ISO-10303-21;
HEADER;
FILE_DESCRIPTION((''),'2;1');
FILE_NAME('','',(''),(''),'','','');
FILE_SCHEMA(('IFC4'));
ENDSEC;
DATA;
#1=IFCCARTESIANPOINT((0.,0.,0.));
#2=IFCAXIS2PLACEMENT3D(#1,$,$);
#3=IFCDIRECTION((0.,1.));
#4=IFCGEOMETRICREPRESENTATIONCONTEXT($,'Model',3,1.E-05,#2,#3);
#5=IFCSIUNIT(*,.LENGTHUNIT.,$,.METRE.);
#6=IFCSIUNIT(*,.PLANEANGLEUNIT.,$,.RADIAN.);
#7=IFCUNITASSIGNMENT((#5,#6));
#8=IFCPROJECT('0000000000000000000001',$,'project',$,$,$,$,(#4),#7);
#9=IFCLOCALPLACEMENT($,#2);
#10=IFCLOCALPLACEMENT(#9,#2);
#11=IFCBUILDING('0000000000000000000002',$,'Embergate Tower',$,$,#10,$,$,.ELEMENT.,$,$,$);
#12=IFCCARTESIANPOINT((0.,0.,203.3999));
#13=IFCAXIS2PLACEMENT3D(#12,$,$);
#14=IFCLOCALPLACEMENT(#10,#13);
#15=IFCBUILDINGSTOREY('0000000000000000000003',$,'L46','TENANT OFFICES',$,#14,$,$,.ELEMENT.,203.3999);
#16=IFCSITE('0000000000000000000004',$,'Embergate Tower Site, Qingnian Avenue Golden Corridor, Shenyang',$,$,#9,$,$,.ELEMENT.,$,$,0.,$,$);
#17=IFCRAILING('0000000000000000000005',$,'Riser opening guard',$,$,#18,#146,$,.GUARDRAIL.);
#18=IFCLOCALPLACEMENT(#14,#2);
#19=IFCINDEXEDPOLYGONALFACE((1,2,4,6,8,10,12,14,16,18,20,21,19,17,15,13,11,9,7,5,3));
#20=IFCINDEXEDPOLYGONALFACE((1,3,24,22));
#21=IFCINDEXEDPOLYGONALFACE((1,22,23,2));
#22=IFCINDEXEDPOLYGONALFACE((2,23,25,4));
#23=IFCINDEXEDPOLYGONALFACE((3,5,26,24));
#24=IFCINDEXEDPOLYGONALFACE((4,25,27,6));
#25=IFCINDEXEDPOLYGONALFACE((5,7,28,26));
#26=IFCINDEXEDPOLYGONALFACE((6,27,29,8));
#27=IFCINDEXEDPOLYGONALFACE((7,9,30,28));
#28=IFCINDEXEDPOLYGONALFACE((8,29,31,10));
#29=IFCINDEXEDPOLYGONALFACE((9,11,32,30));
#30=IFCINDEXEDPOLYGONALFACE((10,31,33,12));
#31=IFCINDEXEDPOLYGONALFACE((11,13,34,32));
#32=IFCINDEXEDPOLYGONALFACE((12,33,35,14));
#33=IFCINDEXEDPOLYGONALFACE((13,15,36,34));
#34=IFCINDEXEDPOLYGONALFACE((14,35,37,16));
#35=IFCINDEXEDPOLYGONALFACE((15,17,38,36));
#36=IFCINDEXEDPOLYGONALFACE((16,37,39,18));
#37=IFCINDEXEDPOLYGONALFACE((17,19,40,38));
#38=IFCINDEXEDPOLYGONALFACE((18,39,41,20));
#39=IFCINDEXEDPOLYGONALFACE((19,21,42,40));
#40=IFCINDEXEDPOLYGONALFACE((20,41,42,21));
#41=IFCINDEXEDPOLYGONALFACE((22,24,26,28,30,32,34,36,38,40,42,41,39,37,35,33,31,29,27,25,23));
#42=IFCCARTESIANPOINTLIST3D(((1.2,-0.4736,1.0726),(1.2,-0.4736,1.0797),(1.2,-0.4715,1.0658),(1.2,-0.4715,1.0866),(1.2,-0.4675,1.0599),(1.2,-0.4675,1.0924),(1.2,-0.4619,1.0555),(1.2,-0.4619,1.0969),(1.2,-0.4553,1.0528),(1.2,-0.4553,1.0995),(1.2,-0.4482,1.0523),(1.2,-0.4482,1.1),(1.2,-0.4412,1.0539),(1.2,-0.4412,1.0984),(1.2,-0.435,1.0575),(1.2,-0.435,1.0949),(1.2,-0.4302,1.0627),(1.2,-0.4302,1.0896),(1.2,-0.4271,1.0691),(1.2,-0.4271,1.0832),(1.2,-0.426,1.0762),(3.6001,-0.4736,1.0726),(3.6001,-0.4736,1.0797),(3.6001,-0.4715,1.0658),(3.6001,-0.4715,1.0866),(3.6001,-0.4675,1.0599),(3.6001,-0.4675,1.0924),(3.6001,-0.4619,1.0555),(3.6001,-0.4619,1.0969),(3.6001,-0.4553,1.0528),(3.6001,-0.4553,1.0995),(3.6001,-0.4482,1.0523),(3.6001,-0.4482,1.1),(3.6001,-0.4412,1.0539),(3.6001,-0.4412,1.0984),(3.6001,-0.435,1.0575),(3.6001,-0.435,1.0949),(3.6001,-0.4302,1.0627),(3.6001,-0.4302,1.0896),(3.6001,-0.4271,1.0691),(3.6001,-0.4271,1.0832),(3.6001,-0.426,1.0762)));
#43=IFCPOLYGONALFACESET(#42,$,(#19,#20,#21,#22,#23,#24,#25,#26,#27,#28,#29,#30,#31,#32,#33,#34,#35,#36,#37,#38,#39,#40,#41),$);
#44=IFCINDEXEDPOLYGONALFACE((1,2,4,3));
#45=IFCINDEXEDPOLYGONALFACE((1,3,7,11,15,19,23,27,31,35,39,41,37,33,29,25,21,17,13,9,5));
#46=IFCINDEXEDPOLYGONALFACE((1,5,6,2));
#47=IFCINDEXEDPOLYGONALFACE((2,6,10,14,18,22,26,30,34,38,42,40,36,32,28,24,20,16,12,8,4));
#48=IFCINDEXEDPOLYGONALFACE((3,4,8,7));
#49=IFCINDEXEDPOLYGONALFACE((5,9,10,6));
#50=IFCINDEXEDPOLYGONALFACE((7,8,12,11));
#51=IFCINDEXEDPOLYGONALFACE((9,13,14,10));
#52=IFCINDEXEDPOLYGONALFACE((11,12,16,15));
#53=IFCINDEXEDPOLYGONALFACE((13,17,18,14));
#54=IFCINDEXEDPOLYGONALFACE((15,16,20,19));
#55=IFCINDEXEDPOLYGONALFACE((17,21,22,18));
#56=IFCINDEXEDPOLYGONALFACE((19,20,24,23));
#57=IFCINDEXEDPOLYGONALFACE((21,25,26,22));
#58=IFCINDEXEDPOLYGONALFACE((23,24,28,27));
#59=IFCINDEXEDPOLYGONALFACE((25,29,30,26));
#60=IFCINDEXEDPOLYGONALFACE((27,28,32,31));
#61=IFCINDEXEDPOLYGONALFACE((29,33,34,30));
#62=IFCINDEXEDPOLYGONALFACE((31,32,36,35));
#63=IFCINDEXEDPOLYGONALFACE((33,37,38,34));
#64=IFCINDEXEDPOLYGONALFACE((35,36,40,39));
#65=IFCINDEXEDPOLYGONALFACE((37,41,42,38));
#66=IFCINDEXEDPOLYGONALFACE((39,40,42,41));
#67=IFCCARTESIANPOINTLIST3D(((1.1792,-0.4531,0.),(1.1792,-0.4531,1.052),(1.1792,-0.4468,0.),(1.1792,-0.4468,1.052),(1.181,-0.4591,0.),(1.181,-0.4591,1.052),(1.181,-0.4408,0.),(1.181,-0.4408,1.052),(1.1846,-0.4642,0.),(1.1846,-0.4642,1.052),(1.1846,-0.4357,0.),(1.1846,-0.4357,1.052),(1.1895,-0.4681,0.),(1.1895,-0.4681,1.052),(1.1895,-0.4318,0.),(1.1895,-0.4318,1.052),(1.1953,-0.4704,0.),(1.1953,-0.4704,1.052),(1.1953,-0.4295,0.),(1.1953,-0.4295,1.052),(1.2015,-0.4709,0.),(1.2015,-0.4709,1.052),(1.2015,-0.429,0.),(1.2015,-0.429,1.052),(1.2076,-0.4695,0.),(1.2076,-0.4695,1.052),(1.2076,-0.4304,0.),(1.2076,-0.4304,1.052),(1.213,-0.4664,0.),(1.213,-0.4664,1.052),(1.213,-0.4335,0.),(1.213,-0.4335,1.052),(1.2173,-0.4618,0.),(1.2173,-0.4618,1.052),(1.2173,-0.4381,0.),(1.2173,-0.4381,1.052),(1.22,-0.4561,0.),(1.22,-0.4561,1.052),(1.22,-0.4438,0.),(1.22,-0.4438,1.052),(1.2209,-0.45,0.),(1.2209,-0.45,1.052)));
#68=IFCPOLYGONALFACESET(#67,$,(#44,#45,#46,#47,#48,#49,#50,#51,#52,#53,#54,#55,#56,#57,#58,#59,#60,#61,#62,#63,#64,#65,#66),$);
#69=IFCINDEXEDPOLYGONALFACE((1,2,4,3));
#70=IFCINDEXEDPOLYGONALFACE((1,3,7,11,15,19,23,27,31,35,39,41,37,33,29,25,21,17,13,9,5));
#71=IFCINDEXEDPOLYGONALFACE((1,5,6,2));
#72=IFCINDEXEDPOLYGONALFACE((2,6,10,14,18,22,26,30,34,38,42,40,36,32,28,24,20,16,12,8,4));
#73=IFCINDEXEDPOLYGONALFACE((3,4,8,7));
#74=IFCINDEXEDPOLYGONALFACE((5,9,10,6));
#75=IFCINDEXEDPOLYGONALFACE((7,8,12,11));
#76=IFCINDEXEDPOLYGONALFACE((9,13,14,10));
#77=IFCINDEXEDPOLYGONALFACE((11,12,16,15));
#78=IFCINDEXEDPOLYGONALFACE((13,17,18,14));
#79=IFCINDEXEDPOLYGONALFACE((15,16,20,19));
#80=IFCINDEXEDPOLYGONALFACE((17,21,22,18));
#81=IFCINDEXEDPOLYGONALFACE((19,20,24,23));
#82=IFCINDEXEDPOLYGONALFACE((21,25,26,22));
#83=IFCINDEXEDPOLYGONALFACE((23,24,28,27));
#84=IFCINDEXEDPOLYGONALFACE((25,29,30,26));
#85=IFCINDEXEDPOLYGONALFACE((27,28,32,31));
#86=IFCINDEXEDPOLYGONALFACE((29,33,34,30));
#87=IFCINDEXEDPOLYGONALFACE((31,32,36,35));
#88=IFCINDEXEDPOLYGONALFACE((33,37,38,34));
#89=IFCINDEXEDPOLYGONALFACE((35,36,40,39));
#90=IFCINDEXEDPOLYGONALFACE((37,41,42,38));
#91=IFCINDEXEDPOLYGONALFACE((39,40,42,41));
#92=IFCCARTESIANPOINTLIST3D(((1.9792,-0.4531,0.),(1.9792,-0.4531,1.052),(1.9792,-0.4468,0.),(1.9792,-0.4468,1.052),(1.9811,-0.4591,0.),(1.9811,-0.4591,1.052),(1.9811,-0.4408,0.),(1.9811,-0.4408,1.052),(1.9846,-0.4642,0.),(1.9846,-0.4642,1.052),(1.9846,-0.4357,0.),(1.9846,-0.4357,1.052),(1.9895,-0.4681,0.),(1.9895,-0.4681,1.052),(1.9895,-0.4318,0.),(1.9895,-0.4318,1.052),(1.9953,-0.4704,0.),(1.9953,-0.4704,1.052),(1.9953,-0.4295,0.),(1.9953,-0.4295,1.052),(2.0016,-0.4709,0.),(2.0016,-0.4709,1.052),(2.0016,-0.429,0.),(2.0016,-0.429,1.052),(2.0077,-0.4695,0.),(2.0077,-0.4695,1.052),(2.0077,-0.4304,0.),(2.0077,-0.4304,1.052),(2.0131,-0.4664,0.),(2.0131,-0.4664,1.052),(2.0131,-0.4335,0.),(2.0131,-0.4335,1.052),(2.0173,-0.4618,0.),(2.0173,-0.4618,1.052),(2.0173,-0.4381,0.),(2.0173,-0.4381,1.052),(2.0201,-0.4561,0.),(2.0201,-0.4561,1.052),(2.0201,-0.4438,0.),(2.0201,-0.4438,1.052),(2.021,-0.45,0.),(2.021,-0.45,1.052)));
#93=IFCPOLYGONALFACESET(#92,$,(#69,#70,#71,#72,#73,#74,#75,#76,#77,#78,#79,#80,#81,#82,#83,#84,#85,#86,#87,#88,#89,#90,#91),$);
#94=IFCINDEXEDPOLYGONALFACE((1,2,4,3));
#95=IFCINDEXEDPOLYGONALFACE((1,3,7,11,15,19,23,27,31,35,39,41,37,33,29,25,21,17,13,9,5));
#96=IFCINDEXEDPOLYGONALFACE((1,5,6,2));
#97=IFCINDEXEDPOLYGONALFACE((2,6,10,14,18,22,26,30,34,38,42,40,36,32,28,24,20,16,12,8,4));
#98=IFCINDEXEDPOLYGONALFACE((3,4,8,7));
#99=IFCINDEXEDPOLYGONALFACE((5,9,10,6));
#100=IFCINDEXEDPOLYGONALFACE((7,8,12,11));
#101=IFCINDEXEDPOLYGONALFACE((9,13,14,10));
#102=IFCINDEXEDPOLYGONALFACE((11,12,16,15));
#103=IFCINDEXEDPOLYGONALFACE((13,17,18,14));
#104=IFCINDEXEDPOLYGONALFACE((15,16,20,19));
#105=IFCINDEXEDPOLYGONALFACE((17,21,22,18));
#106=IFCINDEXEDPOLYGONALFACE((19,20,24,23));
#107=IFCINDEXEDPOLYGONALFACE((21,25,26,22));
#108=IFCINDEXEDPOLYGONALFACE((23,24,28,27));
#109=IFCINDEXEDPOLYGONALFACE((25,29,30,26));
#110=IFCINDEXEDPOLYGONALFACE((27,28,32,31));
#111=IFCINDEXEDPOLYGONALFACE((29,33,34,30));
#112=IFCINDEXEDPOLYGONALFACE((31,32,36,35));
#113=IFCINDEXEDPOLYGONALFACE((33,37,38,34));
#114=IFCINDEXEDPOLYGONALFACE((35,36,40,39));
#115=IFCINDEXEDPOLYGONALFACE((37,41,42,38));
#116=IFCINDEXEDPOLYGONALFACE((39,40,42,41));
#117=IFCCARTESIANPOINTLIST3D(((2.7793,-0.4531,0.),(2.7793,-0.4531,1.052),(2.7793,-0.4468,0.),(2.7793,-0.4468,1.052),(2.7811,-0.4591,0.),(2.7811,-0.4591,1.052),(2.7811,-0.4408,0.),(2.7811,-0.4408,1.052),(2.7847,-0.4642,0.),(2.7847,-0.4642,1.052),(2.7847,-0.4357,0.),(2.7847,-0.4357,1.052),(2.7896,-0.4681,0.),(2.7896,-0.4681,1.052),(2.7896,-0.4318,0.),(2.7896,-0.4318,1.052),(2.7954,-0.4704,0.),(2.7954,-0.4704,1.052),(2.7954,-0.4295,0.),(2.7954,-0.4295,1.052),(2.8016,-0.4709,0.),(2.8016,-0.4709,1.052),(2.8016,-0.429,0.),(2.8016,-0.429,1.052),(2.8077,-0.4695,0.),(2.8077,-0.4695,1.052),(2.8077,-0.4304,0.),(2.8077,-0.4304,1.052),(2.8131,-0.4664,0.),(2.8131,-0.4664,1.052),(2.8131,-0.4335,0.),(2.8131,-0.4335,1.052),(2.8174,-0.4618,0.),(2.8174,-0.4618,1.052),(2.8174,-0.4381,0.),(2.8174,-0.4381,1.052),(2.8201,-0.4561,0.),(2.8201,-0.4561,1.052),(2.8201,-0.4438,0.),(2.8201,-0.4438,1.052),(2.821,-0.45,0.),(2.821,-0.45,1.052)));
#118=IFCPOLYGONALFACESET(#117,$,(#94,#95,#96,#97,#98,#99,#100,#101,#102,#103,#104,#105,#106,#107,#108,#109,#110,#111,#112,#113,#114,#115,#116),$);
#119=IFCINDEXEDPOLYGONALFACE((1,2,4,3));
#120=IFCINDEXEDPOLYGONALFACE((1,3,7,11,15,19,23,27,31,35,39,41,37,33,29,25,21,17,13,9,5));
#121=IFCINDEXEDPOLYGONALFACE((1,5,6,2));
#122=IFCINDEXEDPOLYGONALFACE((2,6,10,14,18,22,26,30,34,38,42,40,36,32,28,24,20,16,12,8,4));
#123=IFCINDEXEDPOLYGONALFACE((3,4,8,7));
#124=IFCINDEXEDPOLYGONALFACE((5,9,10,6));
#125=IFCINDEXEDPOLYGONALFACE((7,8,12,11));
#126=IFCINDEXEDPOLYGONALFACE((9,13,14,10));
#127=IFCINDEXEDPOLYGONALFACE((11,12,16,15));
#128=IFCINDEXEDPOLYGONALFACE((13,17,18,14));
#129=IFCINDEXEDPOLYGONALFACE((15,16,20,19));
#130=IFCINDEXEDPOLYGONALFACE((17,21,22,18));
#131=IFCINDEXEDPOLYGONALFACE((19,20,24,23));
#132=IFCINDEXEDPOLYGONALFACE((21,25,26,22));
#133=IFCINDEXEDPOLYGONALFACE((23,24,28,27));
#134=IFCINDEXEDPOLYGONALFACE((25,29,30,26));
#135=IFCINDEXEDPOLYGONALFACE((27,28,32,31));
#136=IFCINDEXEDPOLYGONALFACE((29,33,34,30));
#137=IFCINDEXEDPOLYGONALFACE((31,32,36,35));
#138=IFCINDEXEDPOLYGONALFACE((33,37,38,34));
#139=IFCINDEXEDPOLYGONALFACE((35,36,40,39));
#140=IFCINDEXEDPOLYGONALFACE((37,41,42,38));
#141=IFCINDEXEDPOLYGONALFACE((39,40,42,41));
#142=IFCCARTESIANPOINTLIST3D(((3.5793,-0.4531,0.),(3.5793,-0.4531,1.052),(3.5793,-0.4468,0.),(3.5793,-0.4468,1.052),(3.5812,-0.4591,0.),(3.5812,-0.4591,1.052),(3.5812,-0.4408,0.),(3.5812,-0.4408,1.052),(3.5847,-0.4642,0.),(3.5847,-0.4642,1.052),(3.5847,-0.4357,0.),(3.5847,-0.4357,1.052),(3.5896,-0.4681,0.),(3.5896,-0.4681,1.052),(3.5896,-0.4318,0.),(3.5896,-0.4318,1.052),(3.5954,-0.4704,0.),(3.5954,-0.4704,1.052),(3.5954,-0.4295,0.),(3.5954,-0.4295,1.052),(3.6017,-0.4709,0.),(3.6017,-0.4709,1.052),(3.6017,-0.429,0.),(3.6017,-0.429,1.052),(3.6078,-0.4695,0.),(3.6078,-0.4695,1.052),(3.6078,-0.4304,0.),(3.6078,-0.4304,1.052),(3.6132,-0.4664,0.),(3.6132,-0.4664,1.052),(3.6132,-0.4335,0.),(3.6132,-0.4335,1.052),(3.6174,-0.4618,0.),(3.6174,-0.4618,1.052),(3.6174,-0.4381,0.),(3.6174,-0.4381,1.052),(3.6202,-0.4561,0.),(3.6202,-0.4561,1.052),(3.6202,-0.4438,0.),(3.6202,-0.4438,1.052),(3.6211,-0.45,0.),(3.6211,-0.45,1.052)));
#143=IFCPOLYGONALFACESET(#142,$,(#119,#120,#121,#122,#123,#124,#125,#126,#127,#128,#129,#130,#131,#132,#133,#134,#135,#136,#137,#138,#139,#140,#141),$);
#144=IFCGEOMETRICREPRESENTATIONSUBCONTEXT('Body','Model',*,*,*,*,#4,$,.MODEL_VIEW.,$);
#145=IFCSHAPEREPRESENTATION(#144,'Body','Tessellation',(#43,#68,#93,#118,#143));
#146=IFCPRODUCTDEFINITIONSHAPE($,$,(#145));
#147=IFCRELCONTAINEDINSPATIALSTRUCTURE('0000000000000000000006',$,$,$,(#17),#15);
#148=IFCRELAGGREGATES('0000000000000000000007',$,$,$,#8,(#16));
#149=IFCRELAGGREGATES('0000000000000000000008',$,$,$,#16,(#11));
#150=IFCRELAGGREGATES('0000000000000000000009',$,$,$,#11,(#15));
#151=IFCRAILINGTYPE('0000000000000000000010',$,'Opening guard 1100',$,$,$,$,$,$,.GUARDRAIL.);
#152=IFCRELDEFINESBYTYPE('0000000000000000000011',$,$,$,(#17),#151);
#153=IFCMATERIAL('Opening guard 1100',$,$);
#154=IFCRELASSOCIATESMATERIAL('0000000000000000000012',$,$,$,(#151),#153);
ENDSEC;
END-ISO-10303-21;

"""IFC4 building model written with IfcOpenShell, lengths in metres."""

from ifc_helpers import new_model, si_unit, direction, frame, origin, origin_2d, place, context, subcontext, project, spatial, circle, extrude, source, transform, mapped, material, type_object, element, save


model = new_model("IFC4")

# Units and contexts
model_context = context("Model", 3, precision=1e-05, world=origin(), true_north=direction((0.0, 1.0)))
body_context = subcontext(model_context, "Body", "Model", "MODEL_VIEW")
ifc_project = project(units=[si_unit("LENGTHUNIT", "METRE"), si_unit("PLANEANGLEUNIT", "RADIAN")], contexts=[model_context])

# Site, building, storey
site_placement = place(None, origin())
site = spatial("IfcSite", under=ifc_project, at=site_placement, Name="Embergate Tower Site, Qingnian Avenue Golden Corridor, Shenyang", CompositionType="ELEMENT", RefElevation=0.0)
building_placement = place(site_placement, origin())
building = spatial("IfcBuilding", under=site, at=building_placement, Name="Embergate Tower", CompositionType="ELEMENT")
storey_placement = place(building_placement, frame((0.0, 0.0, 203.3999)))
storey = spatial("IfcBuildingStorey", under=building, at=storey_placement, Name="L46", Description="TENANT OFFICES", CompositionType="ELEMENT", Elevation=203.3999)

# Railing
ifc_material_1 = material(Name="Opening guard 1100")
railing_type_1 = type_object("IfcRailingType", Name="Opening guard 1100", PredefinedType="GUARDRAIL", material=ifc_material_1)
shared_shape_1 = source(origin(), body_context, "Body", "SweptSolid", [
    extrude(circle(Radius=0.0239, at=origin_2d()), frame((0.0, 0.0, 1.0762), z_axis=(1.0, 0.0, 0.0), x_axis=(0.0, 1.0, 0.0)), (0.0, 0.0, 1.0), 2.4001),
    extrude(circle(Radius=0.021, at=origin_2d()), origin(), (0.0, 0.0, 1.0), 1.052),
    extrude(circle(Radius=0.021, at=origin_2d()), frame((0.8, 0.0, 0.0)), (0.0, 0.0, 1.0), 1.052),
    extrude(circle(Radius=0.021, at=origin_2d()), frame((1.6001, 0.0, 0.0)), (0.0, 0.0, 1.0), 1.052),
    extrude(circle(Radius=0.021, at=origin_2d()), frame((2.4001, 0.0, 0.0)), (0.0, 0.0, 1.0), 1.052),
])
railing_1_placement = place(storey_placement, frame((1.2, -0.45, 0.0)))
element("IfcRailing", 1, at=railing_1_placement, inside=storey, type_object=railing_type_1, Name="Riser opening guard", PredefinedType="GUARDRAIL", context=body_context, shape_type="MappedRepresentation", body=[
    mapped(shared_shape_1, transform((0.0, 0.0, 0.0))),
])

save(model, "model.ifc")
